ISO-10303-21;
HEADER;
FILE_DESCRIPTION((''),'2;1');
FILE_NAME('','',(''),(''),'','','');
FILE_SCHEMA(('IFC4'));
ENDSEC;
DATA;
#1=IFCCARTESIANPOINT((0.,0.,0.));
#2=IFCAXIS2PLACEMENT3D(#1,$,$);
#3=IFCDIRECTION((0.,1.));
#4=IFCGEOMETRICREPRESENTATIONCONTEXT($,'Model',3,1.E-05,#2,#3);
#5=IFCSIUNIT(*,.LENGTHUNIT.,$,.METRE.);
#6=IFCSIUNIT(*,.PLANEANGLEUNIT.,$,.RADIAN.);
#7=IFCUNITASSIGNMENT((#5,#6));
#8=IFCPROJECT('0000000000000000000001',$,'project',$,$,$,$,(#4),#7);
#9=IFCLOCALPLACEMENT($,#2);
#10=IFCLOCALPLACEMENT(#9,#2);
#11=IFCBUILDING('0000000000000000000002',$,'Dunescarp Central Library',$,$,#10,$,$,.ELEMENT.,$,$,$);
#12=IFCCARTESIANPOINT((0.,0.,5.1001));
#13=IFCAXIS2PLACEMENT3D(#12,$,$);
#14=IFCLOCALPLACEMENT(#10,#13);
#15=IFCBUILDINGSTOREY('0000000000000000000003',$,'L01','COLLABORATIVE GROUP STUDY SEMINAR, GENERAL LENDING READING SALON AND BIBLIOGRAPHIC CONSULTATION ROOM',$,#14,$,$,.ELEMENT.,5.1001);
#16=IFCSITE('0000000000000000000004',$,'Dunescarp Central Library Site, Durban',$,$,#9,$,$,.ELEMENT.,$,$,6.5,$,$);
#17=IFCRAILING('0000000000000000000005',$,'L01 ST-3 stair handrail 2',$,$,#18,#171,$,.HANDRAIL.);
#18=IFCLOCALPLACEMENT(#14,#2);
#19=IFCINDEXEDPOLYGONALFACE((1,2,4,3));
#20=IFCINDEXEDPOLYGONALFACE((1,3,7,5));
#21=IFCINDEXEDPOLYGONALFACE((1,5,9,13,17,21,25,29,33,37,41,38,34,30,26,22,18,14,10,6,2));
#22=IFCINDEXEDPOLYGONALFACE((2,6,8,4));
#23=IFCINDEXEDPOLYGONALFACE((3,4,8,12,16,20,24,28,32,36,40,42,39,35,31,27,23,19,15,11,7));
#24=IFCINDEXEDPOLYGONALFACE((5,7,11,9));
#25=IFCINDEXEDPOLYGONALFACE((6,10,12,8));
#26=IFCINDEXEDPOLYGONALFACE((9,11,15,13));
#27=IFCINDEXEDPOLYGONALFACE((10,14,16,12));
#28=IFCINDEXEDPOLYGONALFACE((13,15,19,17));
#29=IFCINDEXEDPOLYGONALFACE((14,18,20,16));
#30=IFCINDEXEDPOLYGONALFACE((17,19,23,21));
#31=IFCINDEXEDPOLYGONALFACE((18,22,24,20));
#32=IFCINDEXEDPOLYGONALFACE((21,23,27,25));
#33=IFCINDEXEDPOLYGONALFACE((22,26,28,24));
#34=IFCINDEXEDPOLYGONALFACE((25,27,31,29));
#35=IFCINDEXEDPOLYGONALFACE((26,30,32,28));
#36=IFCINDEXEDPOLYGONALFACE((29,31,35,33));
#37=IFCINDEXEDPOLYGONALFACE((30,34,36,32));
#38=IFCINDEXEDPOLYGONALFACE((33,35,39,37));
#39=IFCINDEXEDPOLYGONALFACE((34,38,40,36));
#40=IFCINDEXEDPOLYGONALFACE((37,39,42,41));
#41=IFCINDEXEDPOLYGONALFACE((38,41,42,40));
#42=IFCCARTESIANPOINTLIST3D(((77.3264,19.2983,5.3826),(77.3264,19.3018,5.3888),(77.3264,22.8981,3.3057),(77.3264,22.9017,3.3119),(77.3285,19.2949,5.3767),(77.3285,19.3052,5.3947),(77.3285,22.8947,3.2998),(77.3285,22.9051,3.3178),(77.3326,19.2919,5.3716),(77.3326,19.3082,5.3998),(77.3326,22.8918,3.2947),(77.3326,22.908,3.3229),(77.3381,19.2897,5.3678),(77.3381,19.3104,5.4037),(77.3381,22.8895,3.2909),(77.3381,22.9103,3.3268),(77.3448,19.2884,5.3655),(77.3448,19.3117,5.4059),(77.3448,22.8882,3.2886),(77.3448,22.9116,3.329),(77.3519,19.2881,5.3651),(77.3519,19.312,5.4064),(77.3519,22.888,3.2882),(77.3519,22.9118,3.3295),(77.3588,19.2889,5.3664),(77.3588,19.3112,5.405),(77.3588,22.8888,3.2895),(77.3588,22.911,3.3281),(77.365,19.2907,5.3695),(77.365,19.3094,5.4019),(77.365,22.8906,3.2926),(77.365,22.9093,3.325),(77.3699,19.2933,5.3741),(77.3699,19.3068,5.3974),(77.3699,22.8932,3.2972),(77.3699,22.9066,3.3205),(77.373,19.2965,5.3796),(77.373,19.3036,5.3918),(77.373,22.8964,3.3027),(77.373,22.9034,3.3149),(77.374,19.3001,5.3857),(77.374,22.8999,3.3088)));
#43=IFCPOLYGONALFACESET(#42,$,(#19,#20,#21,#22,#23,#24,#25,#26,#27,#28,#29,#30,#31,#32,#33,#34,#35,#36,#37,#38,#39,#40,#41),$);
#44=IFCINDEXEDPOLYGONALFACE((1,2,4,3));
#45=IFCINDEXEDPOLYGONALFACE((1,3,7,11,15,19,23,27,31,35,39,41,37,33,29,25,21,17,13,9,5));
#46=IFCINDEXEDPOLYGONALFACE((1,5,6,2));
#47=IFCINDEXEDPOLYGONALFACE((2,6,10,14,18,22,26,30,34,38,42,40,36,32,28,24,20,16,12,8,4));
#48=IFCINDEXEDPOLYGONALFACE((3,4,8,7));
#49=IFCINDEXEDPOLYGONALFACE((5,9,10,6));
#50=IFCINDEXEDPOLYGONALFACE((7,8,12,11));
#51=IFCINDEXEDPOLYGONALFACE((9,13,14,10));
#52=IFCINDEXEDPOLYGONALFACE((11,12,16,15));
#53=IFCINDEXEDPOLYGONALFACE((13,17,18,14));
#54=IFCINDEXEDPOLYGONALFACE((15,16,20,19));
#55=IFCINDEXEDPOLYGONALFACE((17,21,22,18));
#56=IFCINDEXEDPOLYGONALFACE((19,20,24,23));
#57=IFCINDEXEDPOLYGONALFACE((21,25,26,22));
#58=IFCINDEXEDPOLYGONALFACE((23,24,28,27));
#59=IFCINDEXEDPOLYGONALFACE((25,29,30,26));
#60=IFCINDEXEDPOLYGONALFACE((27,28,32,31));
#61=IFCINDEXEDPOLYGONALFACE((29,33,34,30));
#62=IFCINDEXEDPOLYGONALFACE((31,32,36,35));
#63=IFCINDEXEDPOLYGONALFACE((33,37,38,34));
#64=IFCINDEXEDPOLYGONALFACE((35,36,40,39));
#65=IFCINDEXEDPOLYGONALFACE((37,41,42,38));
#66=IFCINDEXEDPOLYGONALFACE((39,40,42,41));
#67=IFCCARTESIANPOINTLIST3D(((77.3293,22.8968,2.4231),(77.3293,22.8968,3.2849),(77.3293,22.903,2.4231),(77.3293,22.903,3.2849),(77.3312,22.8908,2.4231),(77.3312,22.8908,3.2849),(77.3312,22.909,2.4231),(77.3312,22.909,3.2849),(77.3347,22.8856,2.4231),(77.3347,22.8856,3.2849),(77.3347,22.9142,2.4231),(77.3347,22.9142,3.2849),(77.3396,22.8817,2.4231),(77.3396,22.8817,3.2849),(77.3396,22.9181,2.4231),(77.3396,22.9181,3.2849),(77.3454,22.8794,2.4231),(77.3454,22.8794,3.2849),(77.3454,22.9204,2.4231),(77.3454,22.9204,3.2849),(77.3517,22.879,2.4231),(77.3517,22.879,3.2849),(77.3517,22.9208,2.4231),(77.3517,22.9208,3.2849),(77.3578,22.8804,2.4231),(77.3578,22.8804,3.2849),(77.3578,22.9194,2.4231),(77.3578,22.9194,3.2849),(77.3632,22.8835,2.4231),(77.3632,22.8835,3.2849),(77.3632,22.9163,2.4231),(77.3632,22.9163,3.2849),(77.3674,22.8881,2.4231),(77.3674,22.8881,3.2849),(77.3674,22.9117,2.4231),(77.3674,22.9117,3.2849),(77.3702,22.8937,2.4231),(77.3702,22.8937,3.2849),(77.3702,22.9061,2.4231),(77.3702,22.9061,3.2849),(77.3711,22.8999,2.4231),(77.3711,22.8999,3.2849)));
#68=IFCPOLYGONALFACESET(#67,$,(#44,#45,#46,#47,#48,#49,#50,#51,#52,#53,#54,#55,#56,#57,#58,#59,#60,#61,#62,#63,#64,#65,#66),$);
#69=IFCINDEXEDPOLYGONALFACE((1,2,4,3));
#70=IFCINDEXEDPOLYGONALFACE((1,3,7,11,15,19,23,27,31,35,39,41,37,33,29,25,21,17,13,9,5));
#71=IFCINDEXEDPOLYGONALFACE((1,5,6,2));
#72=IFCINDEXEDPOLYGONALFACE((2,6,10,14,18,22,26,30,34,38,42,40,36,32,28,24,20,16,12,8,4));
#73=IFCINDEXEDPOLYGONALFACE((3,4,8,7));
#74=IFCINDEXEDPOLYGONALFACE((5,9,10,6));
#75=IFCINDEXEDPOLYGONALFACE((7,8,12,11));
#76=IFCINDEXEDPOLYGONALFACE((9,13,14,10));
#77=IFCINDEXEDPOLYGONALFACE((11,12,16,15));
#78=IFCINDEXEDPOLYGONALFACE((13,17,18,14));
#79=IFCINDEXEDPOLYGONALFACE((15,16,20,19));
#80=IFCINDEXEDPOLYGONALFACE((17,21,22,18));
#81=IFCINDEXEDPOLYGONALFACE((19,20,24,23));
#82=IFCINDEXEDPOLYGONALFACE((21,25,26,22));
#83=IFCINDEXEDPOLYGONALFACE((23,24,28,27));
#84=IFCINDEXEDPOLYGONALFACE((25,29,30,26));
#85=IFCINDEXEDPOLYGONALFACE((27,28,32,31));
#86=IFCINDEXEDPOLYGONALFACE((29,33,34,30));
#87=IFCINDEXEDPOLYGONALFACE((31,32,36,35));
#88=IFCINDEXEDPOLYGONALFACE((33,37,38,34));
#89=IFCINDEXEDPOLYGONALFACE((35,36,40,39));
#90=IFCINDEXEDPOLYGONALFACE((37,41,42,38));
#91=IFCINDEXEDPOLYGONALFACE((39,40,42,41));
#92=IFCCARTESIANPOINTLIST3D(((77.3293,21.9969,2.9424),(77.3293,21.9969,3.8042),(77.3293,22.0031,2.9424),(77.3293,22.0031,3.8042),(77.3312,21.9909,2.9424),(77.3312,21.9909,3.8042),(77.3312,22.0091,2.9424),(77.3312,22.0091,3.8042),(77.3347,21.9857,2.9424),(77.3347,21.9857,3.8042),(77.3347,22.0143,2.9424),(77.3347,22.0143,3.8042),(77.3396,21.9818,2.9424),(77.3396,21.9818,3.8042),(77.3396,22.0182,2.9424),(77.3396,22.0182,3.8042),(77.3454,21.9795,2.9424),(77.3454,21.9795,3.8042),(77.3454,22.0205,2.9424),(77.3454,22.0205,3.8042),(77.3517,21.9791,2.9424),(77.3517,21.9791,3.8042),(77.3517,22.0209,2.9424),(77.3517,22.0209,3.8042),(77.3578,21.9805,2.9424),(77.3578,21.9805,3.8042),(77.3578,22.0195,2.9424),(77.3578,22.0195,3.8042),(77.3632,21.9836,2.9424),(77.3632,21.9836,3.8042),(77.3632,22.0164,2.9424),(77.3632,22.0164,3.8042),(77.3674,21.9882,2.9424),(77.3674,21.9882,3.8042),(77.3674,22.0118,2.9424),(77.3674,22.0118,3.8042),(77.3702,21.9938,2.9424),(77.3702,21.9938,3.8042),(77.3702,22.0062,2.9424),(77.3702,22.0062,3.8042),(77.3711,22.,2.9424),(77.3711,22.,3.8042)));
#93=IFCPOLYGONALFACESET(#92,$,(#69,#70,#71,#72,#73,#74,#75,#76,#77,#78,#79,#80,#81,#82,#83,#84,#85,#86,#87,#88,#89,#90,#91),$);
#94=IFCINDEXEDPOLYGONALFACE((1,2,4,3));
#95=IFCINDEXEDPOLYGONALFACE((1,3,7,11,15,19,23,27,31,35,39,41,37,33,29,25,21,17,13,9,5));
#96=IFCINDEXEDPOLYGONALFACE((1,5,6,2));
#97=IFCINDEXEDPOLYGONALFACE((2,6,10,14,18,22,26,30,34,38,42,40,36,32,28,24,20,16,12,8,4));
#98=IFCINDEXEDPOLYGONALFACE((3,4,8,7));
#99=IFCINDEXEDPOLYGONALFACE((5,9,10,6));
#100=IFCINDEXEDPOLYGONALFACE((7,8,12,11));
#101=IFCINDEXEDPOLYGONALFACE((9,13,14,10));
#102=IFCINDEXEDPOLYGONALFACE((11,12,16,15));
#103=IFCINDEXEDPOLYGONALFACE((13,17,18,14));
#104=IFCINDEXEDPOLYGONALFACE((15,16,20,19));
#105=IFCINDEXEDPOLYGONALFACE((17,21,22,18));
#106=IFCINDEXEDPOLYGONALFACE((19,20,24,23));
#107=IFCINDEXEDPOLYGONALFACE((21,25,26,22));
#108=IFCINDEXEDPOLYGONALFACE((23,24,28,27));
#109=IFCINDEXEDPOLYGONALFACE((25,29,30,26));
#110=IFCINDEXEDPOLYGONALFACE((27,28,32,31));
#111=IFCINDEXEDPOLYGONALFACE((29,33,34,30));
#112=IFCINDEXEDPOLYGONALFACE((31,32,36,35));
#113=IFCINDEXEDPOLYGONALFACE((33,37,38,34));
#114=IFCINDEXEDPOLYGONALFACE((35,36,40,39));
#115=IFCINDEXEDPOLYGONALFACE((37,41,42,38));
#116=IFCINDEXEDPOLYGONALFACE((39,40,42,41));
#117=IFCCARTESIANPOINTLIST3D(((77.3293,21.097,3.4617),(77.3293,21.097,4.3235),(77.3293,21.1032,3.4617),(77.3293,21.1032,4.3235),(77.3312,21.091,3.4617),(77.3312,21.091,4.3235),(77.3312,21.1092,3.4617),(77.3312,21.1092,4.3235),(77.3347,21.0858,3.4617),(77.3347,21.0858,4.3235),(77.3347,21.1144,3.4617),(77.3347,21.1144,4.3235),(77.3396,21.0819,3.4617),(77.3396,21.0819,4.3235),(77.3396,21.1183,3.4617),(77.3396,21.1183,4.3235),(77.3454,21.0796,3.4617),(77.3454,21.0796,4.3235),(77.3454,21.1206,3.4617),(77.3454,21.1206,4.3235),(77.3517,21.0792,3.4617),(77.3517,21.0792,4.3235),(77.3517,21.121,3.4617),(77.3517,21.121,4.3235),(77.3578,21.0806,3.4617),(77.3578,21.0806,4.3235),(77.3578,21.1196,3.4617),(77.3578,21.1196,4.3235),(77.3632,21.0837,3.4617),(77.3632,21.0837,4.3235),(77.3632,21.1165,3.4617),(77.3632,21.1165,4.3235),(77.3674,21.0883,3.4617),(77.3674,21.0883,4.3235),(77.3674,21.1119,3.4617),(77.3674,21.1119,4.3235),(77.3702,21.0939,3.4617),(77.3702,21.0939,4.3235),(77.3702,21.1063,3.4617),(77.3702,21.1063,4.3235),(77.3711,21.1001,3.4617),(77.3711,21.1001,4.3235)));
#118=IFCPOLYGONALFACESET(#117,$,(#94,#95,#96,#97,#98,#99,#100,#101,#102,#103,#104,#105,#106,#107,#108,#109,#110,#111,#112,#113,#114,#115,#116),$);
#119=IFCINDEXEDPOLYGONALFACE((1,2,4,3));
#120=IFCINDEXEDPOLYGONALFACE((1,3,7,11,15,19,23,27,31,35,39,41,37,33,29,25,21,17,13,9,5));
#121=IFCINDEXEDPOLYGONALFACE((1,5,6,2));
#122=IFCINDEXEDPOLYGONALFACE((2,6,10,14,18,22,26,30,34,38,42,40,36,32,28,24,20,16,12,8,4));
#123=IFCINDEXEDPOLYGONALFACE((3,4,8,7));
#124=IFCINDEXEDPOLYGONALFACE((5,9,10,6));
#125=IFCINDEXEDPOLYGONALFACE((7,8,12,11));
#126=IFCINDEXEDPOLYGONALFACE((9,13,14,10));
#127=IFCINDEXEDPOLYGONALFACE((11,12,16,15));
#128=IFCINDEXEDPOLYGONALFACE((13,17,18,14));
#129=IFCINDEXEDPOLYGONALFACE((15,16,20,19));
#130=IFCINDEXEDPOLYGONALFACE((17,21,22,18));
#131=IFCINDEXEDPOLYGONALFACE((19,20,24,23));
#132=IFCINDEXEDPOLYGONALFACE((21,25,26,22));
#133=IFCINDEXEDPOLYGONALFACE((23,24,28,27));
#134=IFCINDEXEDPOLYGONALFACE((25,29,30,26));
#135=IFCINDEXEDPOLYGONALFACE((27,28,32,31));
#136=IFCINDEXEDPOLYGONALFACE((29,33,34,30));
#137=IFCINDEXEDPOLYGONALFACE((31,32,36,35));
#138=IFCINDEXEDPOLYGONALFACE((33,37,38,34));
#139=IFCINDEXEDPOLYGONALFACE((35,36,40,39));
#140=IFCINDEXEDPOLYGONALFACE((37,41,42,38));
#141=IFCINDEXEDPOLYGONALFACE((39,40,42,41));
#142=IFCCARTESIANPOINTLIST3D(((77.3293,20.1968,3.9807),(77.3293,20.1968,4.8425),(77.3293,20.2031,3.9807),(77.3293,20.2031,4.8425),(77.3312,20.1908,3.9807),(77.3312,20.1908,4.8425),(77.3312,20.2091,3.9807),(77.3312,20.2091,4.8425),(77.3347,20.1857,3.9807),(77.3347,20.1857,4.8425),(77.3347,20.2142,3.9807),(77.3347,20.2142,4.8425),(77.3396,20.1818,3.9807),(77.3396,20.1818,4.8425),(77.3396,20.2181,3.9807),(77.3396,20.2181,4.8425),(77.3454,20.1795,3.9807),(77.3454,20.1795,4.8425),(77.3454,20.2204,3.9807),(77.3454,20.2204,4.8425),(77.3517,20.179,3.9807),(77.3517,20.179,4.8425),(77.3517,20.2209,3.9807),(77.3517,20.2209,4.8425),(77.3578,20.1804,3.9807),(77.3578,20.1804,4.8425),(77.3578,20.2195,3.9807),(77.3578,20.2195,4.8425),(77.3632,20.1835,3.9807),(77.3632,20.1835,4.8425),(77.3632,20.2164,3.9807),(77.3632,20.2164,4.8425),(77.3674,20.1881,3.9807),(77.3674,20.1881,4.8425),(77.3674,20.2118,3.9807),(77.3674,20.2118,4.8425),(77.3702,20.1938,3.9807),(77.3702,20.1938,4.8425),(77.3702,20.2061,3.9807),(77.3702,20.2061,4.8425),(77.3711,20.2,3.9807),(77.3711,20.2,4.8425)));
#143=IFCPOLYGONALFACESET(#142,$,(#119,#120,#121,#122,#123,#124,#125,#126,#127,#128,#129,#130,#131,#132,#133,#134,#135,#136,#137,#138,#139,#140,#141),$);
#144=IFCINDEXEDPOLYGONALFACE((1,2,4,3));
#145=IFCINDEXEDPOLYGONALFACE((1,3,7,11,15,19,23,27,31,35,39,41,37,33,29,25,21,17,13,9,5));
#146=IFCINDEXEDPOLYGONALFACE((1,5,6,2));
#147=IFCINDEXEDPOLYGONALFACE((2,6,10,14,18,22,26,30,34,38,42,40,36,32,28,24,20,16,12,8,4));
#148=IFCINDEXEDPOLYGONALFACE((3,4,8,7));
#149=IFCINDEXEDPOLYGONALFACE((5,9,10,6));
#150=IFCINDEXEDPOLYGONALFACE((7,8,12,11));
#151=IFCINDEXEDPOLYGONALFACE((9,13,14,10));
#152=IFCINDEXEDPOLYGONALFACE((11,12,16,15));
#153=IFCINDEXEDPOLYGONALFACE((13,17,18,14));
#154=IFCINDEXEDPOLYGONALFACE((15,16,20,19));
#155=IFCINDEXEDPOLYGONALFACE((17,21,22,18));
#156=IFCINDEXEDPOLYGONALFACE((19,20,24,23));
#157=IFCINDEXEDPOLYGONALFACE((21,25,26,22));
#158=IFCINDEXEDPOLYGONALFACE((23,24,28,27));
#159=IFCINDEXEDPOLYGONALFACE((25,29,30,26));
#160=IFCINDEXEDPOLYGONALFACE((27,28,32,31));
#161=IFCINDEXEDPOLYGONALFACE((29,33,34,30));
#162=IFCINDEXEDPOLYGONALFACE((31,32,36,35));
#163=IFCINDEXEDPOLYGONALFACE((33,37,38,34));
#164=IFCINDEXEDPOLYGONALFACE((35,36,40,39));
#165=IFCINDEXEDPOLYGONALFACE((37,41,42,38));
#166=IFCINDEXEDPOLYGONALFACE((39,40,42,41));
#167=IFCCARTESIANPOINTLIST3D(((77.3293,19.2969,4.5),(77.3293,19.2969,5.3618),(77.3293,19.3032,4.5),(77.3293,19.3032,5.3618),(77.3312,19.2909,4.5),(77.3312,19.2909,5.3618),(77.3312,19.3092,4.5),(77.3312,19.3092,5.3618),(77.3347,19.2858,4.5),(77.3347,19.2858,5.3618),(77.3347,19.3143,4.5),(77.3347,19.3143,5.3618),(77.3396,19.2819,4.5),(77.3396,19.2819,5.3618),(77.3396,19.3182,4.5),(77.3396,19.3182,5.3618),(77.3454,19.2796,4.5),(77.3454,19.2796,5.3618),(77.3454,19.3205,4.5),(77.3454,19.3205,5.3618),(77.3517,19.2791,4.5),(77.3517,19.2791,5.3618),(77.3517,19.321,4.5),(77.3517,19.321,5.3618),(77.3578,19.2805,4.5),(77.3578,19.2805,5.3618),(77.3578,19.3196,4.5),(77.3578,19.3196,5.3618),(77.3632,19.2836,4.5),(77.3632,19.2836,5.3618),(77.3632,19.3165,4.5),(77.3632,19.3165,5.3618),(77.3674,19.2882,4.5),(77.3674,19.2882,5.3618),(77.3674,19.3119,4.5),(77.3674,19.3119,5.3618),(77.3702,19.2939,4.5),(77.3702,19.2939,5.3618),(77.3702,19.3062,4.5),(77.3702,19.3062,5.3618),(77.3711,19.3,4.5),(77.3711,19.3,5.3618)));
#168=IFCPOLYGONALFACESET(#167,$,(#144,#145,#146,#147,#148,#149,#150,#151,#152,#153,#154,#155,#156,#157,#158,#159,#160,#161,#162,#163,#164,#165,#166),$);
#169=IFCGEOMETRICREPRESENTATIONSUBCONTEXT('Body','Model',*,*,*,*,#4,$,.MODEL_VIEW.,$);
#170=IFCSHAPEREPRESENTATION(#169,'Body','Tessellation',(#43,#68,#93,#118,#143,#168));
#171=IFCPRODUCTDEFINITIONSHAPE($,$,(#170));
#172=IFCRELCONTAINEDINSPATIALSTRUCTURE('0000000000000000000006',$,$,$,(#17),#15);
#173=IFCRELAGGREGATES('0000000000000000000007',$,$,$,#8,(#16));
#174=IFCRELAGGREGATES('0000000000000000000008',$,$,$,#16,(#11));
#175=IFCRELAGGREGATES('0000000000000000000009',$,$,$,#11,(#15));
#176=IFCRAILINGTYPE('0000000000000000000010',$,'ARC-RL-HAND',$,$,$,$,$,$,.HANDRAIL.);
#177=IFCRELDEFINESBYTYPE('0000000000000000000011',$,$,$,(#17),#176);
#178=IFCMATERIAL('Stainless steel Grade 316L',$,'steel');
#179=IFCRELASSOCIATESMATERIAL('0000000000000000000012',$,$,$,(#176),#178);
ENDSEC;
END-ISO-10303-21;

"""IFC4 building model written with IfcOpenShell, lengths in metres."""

from ifc_helpers import new_model, si_unit, direction, frame, origin, origin_2d, place, context, subcontext, project, spatial, circle, extrude, material, type_object, element, save


model = new_model("IFC4")

# Units and contexts
model_context = context("Model", 3, precision=1e-05, world=origin(), true_north=direction((0.0, 1.0)))
body_context = subcontext(model_context, "Body", "Model", "MODEL_VIEW")
ifc_project = project(units=[si_unit("LENGTHUNIT", "METRE"), si_unit("PLANEANGLEUNIT", "RADIAN")], contexts=[model_context])

# Site, building, storey
site_placement = place(None, origin())
site = spatial("IfcSite", under=ifc_project, at=site_placement, Name="Dunescarp Central Library Site, Durban", CompositionType="ELEMENT", RefElevation=6.5)
building_placement = place(site_placement, origin())
building = spatial("IfcBuilding", under=site, at=building_placement, Name="Dunescarp Central Library", CompositionType="ELEMENT")
storey_placement = place(building_placement, frame((0.0, 0.0, 5.1001)))
storey = spatial("IfcBuildingStorey", under=building, at=storey_placement, Name="L01", Description="COLLABORATIVE GROUP STUDY SEMINAR, GENERAL LENDING READING SALON AND BIBLIOGRAPHIC CONSULTATION ROOM", CompositionType="ELEMENT", Elevation=5.1001)

# Railing
ifc_material_1 = material(Name="Stainless steel Grade 316L", Category="steel")
railing_type_1 = type_object("IfcRailingType", Name="ARC-RL-HAND", PredefinedType="HANDRAIL", material=ifc_material_1)
railing_1_placement = place(storey_placement, frame((77.3501, 22.8999, 2.4231)))
element("IfcRailing", 1, at=railing_1_placement, inside=storey, type_object=railing_type_1, Name="L01 ST-3 stair handrail 2", PredefinedType="HANDRAIL", context=body_context, shape_type="SweptSolid", body=[
    extrude(circle(Radius=0.0239, at=origin_2d()), frame((0.0, 0.0, 0.8857), z_axis=(0.0, -0.866179, 0.499734), x_axis=(1.0, 0.0, 0.0)), (0.0, 0.0, 1.0), 4.156),
    extrude(circle(Radius=0.021, at=origin_2d()), origin(), (0.0, 0.0, 1.0), 0.8618),
    extrude(circle(Radius=0.021, at=origin_2d()), frame((0.0, -0.8999, 0.5193)), (0.0, 0.0, 1.0), 0.8618),
    extrude(circle(Radius=0.021, at=origin_2d()), frame((0.0, -1.7998, 1.0386)), (0.0, 0.0, 1.0), 0.8618),
    extrude(circle(Radius=0.021, at=origin_2d()), frame((0.0, -2.7, 1.5576)), (0.0, 0.0, 1.0), 0.8618),
    extrude(circle(Radius=0.021, at=origin_2d()), frame((0.0, -3.5999, 2.0769)), (0.0, 0.0, 1.0), 0.8618),
])

save(model, "model.ifc")
